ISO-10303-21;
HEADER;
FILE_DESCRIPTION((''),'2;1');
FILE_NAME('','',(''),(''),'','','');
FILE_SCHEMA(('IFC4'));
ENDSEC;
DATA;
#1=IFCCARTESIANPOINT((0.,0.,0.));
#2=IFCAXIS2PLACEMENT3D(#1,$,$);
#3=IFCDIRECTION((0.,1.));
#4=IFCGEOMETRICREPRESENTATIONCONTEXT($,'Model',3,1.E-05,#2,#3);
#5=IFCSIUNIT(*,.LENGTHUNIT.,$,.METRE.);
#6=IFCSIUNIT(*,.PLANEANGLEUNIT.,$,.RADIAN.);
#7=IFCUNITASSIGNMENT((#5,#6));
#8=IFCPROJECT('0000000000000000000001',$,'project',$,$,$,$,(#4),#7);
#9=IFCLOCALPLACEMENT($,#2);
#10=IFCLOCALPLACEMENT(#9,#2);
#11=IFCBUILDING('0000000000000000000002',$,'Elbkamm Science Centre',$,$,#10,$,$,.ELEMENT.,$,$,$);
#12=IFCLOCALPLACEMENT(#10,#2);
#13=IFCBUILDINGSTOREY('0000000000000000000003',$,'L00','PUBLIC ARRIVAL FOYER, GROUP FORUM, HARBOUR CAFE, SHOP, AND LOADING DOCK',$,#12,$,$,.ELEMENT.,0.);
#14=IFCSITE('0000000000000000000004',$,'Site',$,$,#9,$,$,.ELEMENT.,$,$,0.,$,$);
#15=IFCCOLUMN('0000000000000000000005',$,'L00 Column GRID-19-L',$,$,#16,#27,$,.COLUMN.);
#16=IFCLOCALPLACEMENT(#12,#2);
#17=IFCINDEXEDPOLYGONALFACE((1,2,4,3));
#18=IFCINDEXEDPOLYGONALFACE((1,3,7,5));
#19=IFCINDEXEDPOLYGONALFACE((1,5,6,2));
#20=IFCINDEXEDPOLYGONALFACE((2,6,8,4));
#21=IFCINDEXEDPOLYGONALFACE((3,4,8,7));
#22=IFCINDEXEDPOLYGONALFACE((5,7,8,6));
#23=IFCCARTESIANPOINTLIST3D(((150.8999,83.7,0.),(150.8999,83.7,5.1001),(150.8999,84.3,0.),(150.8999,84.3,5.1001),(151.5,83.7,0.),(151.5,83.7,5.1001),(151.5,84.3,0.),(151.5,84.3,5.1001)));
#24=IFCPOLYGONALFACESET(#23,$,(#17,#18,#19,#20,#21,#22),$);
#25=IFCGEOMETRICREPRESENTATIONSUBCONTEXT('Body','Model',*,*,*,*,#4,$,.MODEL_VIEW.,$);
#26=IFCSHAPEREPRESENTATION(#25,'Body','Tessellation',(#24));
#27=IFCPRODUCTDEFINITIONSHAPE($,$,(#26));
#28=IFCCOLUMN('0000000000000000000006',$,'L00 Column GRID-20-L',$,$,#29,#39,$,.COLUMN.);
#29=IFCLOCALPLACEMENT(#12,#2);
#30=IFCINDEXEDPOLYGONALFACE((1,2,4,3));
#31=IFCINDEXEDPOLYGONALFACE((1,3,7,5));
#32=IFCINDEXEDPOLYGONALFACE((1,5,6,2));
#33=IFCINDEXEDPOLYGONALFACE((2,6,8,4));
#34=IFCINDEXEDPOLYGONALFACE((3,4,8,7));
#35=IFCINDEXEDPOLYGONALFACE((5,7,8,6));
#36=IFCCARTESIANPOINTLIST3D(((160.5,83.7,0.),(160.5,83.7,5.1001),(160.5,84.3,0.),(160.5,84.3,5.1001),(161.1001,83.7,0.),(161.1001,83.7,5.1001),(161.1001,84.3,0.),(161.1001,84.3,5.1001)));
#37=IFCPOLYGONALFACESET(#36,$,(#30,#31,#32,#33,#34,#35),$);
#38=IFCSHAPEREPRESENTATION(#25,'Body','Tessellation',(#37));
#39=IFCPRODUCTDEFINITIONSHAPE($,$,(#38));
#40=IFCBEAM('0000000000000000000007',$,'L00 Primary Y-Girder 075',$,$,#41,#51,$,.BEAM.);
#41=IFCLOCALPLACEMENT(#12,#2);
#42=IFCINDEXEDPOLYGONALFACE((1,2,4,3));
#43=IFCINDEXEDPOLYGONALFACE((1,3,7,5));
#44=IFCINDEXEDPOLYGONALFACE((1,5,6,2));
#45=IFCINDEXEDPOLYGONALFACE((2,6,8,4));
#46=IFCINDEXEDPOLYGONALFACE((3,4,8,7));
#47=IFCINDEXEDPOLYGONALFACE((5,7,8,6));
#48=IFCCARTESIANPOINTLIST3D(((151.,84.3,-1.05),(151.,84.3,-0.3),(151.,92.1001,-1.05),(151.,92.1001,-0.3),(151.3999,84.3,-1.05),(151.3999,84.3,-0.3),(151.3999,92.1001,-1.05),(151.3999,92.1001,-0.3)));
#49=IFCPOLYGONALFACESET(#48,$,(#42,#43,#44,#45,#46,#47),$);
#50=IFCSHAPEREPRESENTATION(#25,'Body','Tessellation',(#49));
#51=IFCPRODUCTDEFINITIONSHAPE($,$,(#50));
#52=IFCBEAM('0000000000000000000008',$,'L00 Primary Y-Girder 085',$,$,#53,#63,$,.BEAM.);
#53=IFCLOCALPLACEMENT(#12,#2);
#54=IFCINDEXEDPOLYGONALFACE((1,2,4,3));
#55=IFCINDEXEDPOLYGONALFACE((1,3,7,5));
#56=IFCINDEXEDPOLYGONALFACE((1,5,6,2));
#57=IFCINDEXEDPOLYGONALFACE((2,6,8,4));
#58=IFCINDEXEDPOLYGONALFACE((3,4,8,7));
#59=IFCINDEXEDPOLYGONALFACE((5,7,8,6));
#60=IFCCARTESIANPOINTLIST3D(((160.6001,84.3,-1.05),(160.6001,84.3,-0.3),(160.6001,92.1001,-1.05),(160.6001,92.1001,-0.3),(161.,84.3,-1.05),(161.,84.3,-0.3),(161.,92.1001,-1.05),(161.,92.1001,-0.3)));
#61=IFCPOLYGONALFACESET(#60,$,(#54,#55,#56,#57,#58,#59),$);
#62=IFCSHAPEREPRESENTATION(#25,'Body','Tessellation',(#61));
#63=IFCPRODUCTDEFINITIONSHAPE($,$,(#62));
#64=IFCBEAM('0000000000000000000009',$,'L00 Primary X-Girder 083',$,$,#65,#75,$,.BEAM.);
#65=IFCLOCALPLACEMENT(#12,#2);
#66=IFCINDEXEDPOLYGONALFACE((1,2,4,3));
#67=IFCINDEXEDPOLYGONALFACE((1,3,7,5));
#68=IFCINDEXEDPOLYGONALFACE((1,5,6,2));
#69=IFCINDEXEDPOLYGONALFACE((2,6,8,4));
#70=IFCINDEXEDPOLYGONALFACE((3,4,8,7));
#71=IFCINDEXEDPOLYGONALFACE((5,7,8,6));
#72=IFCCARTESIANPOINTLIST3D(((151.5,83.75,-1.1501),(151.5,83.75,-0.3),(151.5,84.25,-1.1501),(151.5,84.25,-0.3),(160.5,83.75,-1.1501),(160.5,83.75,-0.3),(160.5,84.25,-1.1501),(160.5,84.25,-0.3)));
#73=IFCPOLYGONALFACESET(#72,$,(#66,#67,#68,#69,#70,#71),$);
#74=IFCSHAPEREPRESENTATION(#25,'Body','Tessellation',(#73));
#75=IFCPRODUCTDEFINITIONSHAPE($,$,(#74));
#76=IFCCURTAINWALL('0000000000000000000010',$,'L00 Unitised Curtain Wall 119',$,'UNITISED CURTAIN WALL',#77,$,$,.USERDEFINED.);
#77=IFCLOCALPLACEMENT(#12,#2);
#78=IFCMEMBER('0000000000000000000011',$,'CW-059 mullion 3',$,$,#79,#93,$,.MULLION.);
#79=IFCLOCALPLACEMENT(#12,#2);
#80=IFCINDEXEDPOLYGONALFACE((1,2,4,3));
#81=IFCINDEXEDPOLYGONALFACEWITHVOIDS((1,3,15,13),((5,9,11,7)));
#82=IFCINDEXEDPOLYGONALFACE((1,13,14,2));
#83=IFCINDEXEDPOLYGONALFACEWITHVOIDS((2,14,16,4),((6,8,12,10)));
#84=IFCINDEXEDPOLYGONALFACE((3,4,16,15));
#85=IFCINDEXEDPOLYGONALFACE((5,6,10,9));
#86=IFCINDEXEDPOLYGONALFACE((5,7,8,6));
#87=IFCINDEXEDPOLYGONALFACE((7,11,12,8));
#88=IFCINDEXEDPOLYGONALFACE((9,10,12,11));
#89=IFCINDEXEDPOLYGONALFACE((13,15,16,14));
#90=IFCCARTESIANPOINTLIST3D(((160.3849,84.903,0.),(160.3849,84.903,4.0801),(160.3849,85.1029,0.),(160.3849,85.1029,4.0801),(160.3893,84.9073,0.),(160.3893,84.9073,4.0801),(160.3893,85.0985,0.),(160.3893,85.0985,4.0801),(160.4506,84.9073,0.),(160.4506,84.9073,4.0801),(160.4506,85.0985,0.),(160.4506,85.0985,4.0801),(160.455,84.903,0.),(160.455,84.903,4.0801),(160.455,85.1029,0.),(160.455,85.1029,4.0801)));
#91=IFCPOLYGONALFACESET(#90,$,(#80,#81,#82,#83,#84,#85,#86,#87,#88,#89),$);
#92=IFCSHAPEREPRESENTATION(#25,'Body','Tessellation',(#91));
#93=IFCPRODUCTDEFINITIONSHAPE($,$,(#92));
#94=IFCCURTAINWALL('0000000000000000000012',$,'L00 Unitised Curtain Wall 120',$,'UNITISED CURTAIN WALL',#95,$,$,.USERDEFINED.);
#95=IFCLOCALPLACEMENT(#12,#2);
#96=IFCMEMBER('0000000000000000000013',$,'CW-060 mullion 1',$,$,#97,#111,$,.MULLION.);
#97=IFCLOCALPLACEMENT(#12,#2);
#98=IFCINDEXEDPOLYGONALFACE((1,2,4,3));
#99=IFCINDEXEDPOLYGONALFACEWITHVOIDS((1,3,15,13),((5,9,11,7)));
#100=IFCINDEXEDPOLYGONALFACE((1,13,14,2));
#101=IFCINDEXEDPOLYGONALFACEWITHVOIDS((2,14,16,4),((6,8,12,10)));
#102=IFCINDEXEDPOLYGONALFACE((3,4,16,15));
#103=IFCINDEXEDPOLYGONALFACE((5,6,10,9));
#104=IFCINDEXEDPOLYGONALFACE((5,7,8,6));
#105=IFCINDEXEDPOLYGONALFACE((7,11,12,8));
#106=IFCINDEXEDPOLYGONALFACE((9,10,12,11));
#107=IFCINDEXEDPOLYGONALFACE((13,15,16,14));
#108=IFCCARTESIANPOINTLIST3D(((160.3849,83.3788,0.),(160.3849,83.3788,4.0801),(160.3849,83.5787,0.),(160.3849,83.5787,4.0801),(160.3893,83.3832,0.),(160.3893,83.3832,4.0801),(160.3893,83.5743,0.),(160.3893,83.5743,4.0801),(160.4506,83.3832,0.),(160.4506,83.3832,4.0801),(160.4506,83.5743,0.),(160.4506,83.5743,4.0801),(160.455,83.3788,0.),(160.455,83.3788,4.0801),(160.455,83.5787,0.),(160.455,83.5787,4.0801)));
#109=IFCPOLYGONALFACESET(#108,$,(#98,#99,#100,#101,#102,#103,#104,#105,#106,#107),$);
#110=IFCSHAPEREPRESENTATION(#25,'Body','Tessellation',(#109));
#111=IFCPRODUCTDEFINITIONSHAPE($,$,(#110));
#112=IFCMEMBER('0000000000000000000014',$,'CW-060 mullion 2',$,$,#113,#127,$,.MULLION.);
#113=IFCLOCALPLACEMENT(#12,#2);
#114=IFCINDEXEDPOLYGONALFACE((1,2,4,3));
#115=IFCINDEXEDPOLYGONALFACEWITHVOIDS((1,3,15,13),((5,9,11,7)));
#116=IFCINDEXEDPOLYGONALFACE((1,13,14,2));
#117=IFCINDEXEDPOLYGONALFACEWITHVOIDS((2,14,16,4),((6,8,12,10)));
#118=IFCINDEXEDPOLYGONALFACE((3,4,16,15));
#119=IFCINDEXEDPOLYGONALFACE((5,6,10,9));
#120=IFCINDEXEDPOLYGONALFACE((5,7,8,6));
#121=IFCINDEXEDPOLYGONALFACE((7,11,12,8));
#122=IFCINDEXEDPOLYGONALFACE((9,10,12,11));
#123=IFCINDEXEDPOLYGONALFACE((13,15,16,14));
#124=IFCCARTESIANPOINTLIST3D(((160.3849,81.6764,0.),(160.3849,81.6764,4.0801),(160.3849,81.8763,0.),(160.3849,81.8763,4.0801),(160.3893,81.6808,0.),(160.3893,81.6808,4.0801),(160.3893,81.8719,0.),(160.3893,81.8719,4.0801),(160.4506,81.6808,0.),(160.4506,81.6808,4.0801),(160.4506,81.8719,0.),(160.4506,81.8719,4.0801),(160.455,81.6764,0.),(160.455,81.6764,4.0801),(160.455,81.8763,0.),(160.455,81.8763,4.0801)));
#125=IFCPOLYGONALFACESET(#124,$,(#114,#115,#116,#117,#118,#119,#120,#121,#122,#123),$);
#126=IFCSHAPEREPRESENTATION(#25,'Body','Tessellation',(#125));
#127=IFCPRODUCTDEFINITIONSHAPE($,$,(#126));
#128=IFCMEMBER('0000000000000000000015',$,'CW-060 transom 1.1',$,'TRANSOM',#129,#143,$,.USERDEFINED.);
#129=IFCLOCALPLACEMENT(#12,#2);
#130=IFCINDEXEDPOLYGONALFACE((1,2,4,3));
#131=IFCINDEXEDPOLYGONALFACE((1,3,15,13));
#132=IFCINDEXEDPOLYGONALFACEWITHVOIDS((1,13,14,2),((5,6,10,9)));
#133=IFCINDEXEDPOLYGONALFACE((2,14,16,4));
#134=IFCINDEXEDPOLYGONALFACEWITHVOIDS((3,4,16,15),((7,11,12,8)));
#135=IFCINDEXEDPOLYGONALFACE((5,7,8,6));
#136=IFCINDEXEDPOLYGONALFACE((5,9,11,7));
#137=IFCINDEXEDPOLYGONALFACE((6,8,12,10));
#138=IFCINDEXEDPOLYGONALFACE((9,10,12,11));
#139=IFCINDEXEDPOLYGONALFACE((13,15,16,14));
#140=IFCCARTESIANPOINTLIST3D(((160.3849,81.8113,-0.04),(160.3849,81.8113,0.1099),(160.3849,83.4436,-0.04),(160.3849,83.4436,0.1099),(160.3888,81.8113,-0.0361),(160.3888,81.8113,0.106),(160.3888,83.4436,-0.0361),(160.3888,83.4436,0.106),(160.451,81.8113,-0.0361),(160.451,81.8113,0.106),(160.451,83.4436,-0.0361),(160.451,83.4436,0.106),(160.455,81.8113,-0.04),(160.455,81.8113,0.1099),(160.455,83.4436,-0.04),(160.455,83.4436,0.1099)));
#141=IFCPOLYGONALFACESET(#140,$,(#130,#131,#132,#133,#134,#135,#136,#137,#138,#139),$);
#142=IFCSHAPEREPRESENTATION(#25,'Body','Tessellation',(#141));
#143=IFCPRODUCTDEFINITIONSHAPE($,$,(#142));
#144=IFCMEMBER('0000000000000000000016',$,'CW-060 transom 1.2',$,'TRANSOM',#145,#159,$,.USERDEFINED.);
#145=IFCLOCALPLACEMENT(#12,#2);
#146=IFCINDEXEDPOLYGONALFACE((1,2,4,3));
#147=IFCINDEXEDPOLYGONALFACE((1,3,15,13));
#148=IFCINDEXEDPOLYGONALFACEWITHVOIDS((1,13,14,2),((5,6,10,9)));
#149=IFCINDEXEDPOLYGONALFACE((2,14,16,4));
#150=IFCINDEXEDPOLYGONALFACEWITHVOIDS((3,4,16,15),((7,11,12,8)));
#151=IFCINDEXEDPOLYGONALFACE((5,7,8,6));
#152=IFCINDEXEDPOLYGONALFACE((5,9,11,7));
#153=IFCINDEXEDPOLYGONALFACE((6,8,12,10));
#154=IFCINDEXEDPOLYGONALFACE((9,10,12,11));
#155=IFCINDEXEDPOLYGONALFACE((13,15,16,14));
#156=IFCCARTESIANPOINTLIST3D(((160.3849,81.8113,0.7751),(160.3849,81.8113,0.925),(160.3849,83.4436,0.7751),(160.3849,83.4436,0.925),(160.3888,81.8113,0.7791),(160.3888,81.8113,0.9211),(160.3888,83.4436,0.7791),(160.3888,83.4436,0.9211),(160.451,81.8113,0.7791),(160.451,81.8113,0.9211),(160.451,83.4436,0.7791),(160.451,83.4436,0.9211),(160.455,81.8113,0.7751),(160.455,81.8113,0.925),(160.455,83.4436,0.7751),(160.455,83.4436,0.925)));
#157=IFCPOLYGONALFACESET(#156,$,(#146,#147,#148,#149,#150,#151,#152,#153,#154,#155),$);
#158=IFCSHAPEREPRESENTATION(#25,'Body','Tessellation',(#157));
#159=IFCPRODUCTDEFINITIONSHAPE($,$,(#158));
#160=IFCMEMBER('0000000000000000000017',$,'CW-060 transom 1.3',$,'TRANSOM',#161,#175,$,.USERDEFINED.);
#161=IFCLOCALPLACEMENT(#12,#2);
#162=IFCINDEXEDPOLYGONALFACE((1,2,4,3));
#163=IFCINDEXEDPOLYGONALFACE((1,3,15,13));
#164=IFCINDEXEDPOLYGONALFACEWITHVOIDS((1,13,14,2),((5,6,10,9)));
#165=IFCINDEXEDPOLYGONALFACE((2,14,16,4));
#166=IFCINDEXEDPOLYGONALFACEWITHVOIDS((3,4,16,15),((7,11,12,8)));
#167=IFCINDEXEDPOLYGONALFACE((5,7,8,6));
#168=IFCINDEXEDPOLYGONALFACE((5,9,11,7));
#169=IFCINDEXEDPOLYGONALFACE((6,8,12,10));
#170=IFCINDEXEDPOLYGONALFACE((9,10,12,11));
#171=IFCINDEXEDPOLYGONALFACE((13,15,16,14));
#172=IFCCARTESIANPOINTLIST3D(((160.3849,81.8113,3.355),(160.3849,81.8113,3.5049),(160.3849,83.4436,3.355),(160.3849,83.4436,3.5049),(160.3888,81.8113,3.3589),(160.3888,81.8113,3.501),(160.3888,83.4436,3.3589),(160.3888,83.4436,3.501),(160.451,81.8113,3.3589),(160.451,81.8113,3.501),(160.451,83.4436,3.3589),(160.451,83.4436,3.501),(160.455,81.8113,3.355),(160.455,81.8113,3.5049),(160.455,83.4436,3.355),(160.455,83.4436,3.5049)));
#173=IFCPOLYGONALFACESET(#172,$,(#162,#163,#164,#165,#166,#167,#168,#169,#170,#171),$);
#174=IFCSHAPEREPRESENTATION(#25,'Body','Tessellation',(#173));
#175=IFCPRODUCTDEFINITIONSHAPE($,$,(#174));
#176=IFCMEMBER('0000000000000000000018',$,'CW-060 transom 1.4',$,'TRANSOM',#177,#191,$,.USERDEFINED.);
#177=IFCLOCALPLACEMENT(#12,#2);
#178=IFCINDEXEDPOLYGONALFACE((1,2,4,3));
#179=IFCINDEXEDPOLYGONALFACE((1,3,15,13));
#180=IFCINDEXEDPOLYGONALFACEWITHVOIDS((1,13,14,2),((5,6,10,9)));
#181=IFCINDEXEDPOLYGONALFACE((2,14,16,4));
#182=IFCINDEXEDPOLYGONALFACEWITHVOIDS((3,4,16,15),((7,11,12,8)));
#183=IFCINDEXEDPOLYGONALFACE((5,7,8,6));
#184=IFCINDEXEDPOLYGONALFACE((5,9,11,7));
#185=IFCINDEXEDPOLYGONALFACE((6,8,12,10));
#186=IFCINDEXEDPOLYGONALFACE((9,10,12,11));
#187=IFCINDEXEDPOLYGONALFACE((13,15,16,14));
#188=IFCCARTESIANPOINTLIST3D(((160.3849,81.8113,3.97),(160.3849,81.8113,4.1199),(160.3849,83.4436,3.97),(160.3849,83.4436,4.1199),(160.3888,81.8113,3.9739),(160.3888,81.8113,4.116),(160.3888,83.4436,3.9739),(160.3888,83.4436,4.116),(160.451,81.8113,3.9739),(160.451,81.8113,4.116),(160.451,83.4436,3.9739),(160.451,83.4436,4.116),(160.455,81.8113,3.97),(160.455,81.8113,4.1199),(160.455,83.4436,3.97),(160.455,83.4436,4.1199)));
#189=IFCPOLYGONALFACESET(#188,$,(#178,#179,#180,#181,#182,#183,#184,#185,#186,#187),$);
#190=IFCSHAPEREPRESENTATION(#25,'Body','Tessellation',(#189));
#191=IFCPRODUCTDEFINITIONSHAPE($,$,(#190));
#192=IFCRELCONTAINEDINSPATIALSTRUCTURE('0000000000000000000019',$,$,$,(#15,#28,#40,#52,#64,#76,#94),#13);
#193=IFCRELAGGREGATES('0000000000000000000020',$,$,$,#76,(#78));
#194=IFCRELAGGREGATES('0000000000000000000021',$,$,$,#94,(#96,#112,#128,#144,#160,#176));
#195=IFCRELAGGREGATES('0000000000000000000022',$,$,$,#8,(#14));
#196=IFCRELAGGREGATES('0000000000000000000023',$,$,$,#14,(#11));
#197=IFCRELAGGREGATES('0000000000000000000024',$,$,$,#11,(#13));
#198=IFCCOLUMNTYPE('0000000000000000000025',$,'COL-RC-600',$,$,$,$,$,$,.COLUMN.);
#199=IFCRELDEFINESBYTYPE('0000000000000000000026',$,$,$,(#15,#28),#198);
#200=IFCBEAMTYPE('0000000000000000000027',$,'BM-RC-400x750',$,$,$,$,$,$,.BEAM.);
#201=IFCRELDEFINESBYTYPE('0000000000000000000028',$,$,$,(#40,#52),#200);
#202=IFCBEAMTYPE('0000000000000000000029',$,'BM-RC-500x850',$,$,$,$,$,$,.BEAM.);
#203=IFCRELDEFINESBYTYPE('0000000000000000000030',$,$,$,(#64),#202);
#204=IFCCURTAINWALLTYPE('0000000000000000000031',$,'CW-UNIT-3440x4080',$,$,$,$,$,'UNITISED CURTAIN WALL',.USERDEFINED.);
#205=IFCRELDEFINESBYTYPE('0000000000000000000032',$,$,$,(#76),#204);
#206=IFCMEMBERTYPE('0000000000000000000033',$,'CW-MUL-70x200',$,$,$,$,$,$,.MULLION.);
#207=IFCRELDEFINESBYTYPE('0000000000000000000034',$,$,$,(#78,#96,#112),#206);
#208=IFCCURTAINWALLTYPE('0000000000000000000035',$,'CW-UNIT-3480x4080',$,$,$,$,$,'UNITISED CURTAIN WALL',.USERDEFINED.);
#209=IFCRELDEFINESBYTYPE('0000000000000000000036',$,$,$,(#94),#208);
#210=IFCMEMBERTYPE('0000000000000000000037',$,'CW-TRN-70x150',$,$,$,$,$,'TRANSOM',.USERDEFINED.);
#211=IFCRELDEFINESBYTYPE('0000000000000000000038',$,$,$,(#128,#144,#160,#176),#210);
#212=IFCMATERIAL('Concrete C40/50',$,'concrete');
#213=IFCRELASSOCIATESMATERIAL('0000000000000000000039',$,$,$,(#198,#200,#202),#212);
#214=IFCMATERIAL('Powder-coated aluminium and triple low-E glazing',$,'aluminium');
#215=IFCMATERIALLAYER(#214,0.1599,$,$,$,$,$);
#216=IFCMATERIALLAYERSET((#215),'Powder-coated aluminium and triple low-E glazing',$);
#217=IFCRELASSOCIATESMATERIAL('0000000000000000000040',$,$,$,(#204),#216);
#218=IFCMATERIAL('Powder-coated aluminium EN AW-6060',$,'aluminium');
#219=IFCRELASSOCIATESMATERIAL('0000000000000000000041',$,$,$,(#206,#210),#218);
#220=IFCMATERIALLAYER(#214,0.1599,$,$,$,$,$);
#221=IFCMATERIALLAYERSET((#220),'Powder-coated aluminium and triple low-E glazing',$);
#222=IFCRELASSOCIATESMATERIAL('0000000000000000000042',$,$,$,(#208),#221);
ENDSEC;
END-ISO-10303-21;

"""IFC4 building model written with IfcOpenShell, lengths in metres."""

from ifc_helpers import new_model, si_unit, direction, frame, origin, origin_2d, place, context, subcontext, project, spatial, rectangle, hollow_rectangle, extrude, material, layer, layer_set, material_profile, profile_set, type_object, element, aggregate, save


model = new_model("IFC4")

# Units and contexts
model_context = context("Model", 3, precision=1e-05, world=origin(), true_north=direction((0.0, 1.0)))
body_context = subcontext(model_context, "Body", "Model", "MODEL_VIEW")
ifc_project = project(units=[si_unit("LENGTHUNIT", "METRE"), si_unit("PLANEANGLEUNIT", "RADIAN")], contexts=[model_context])

# Site, building, storey
site_placement = place(None, origin())
site = spatial("IfcSite", under=ifc_project, at=site_placement, Name="Site", CompositionType="ELEMENT", RefElevation=0.0)
building_placement = place(site_placement, origin())
building = spatial("IfcBuilding", under=site, at=building_placement, Name="Elbkamm Science Centre", CompositionType="ELEMENT")
storey_placement = place(building_placement, origin())
storey = spatial("IfcBuildingStorey", under=building, at=storey_placement, Name="L00", Description="PUBLIC ARRIVAL FOYER, GROUP FORUM, HARBOUR CAFE, SHOP, AND LOADING DOCK", CompositionType="ELEMENT", Elevation=0.0)

# Columns
ifc_material_1 = material(Name="Concrete C40/50", Category="concrete")
ifc_material_profile_1 = material_profile(ifc_material_1, rectangle(XDim=0.6001, YDim=0.6001, at=origin_2d()), Name="RC 600x600")
ifc_profile_set_1 = profile_set([ifc_material_profile_1], Name="Concrete C40/50")
column_type = type_object("IfcColumnType", Name="COL-RC-600", PredefinedType="COLUMN", material=ifc_profile_set_1)
for number, where, z_axis, x_axis, name in (
    (1, (151.2, 84.0, 0.0), (0.0, 0.0, 1.0), (1.0, 0.0, 0.0), "L00 Column GRID-19-L"),
    (2, (160.8, 84.0, 0.0), (0.0, 0.0, 1.0), (1.0, 0.0, 0.0), "L00 Column GRID-20-L"),
):
    element("IfcColumn", number, at=place(storey_placement, frame(where, z_axis=z_axis, x_axis=x_axis)), inside=storey, type_object=column_type, Name=name, PredefinedType="COLUMN", context=body_context, shape_type="SweptSolid", body=[
        extrude(rectangle(XDim=0.6001, YDim=0.6001, at=origin_2d()), origin(), (0.0, 0.0, 1.0), 5.1001),
    ])

# Beams
ifc_material_profile_2 = material_profile(ifc_material_1, rectangle(XDim=0.3999, YDim=0.75, at=origin_2d()), Name="RC 400x750")
ifc_profile_set_2 = profile_set([ifc_material_profile_2], Name="Concrete C40/50")
beam_type_1 = type_object("IfcBeamType", Name="BM-RC-400x750", PredefinedType="BEAM", material=ifc_profile_set_2)
for number, where, z_axis, x_axis, name in (
    (3, (151.2, 84.3, -0.675), (0.0, 1.0, 0.0), (-1.0, 0.0, 0.0), "L00 Primary Y-Girder 075"),
    (4, (160.8, 84.3, -0.675), (0.0, 1.0, 0.0), (-1.0, 0.0, 0.0), "L00 Primary Y-Girder 085"),
):
    element("IfcBeam", number, at=place(storey_placement, frame(where, z_axis=z_axis, x_axis=x_axis)), inside=storey, type_object=beam_type_1, Name=name, PredefinedType="BEAM", context=body_context, shape_type="SweptSolid", body=[
        extrude(rectangle(XDim=0.3999, YDim=0.75, at=origin_2d()), origin(), (0.0, 0.0, 1.0), 7.8),
    ])
ifc_material_profile_3 = material_profile(ifc_material_1, rectangle(XDim=0.5, YDim=0.8501, at=origin_2d()), Name="RC 500x850")
ifc_profile_set_3 = profile_set([ifc_material_profile_3], Name="Concrete C40/50")
beam_type_2 = type_object("IfcBeamType", Name="BM-RC-500x850", PredefinedType="BEAM", material=ifc_profile_set_3)
beam_1_placement = place(storey_placement, frame((151.5, 84.0, -0.7251), z_axis=(1.0, 0.0, 0.0), x_axis=(0.0, 1.0, 0.0)))
element("IfcBeam", 5, at=beam_1_placement, inside=storey, type_object=beam_type_2, Name="L00 Primary X-Girder 083", PredefinedType="BEAM", context=body_context, shape_type="SweptSolid", body=[
    extrude(rectangle(XDim=0.5, YDim=0.8501, at=origin_2d()), origin(), (0.0, 0.0, 1.0), 9.0),
])

# Curtain wall, member
ifc_material_2 = material(Name="Powder-coated aluminium and triple low-E glazing", Category="aluminium")
ifc_layer_1 = layer(ifc_material_2, 0.1599)
ifc_layer_set_1 = layer_set([ifc_layer_1], Name="Powder-coated aluminium and triple low-E glazing")
curtain_wall_type_1 = type_object("IfcCurtainWallType", Name="CW-UNIT-3440x4080", ElementType="UNITISED CURTAIN WALL", PredefinedType="USERDEFINED", material=ifc_layer_set_1)
curtain_wall_1_placement = place(storey_placement, origin())
curtain_wall_1 = element("IfcCurtainWall", 6, at=curtain_wall_1_placement, inside=storey, type_object=curtain_wall_type_1, Name="L00 Unitised Curtain Wall 119", ObjectType="UNITISED CURTAIN WALL", PredefinedType="USERDEFINED")
ifc_material_3 = material(Name="Powder-coated aluminium EN AW-6060", Category="aluminium")
ifc_material_profile_4 = material_profile(ifc_material_3, hollow_rectangle(XDim=0.0701, YDim=0.2, WallThickness=0.0044, at=origin_2d()), Name="ALU M70x200")
ifc_profile_set_4 = profile_set([ifc_material_profile_4], Name="Powder-coated aluminium EN AW-6060")
member_type_1 = type_object("IfcMemberType", Name="CW-MUL-70x200", PredefinedType="MULLION", material=ifc_profile_set_4)
member_1_placement = place(storey_placement, frame((160.4199, 85.0029, 0.0), z_axis=(0.0, 0.0, 1.0), x_axis=(1.0, 0.0, 0.0)))
member_1 = element("IfcMember", 7, at=member_1_placement, type_object=member_type_1, Name="CW-059 mullion 3", PredefinedType="MULLION", context=body_context, shape_type="SweptSolid", body=[
    extrude(hollow_rectangle(XDim=0.0701, YDim=0.2, WallThickness=0.0044, at=origin_2d()), origin(), (0.0, 0.0, 1.0), 4.0801),
])

# Curtain wall, members
ifc_layer_2 = layer(ifc_material_2, 0.1599)
ifc_layer_set_2 = layer_set([ifc_layer_2], Name="Powder-coated aluminium and triple low-E glazing")
curtain_wall_type_2 = type_object("IfcCurtainWallType", Name="CW-UNIT-3480x4080", ElementType="UNITISED CURTAIN WALL", PredefinedType="USERDEFINED", material=ifc_layer_set_2)
curtain_wall_2_placement = place(storey_placement, origin())
curtain_wall_2 = element("IfcCurtainWall", 8, at=curtain_wall_2_placement, inside=storey, type_object=curtain_wall_type_2, Name="L00 Unitised Curtain Wall 120", ObjectType="UNITISED CURTAIN WALL", PredefinedType="USERDEFINED")
member_2_placement = place(storey_placement, frame((160.4199, 83.4788, 0.0), z_axis=(0.0, 0.0, 1.0), x_axis=(1.0, 0.0, 0.0)))
member_2 = element("IfcMember", 9, at=member_2_placement, type_object=member_type_1, Name="CW-060 mullion 1", PredefinedType="MULLION", context=body_context, shape_type="SweptSolid", body=[
    extrude(hollow_rectangle(XDim=0.0701, YDim=0.2, WallThickness=0.0044, at=origin_2d()), origin(), (0.0, 0.0, 1.0), 4.0801),
])
member_3_placement = place(storey_placement, frame((160.4199, 81.7764, 0.0), z_axis=(0.0, 0.0, 1.0), x_axis=(1.0, 0.0, 0.0)))
member_3 = element("IfcMember", 10, at=member_3_placement, type_object=member_type_1, Name="CW-060 mullion 2", PredefinedType="MULLION", context=body_context, shape_type="SweptSolid", body=[
    extrude(hollow_rectangle(XDim=0.0701, YDim=0.2, WallThickness=0.0044, at=origin_2d()), origin(), (0.0, 0.0, 1.0), 4.0801),
])
ifc_material_profile_5 = material_profile(ifc_material_3, hollow_rectangle(XDim=0.0701, YDim=0.1499, WallThickness=0.0039, at=origin_2d()), Name="ALU T70x150")
ifc_profile_set_5 = profile_set([ifc_material_profile_5], Name="Powder-coated aluminium EN AW-6060")
member_type_2 = type_object("IfcMemberType", Name="CW-TRN-70x150", ElementType="TRANSOM", PredefinedType="USERDEFINED", material=ifc_profile_set_5)
member_4_placement = place(storey_placement, frame((160.4199, 83.4436, 0.0349), z_axis=(0.0, -1.0, 0.0), x_axis=(1.0, 0.0, 0.0)))
member_4 = element("IfcMember", 11, at=member_4_placement, type_object=member_type_2, Name="CW-060 transom 1.1", ObjectType="TRANSOM", PredefinedType="USERDEFINED", context=body_context, shape_type="SweptSolid", body=[
    extrude(hollow_rectangle(XDim=0.0701, YDim=0.1499, WallThickness=0.0039, at=origin_2d()), origin(), (0.0, 0.0, 1.0), 1.6323),
])
member_5_placement = place(storey_placement, frame((160.4199, 83.4436, 0.8501), z_axis=(0.0, -1.0, 0.0), x_axis=(1.0, 0.0, 0.0)))
member_5 = element("IfcMember", 12, at=member_5_placement, type_object=member_type_2, Name="CW-060 transom 1.2", ObjectType="TRANSOM", PredefinedType="USERDEFINED", context=body_context, shape_type="SweptSolid", body=[
    extrude(hollow_rectangle(XDim=0.0701, YDim=0.1499, WallThickness=0.0039, at=origin_2d()), origin(), (0.0, 0.0, 1.0), 1.6323),
])
member_6_placement = place(storey_placement, frame((160.4199, 83.4436, 3.4299), z_axis=(0.0, -1.0, 0.0), x_axis=(1.0, 0.0, 0.0)))
member_6 = element("IfcMember", 13, at=member_6_placement, type_object=member_type_2, Name="CW-060 transom 1.3", ObjectType="TRANSOM", PredefinedType="USERDEFINED", context=body_context, shape_type="SweptSolid", body=[
    extrude(hollow_rectangle(XDim=0.0701, YDim=0.1499, WallThickness=0.0039, at=origin_2d()), origin(), (0.0, 0.0, 1.0), 1.6323),
])
member_7_placement = place(storey_placement, frame((160.4199, 83.4436, 4.0449), z_axis=(0.0, -1.0, 0.0), x_axis=(1.0, 0.0, 0.0)))
member_7 = element("IfcMember", 14, at=member_7_placement, type_object=member_type_2, Name="CW-060 transom 1.4", ObjectType="TRANSOM", PredefinedType="USERDEFINED", context=body_context, shape_type="SweptSolid", body=[
    extrude(hollow_rectangle(XDim=0.0701, YDim=0.1499, WallThickness=0.0039, at=origin_2d()), origin(), (0.0, 0.0, 1.0), 1.6323),
])

aggregate(curtain_wall_1, [member_1])
aggregate(curtain_wall_2, [member_2, member_3, member_4, member_5, member_6, member_7])

save(model, "model.ifc")
